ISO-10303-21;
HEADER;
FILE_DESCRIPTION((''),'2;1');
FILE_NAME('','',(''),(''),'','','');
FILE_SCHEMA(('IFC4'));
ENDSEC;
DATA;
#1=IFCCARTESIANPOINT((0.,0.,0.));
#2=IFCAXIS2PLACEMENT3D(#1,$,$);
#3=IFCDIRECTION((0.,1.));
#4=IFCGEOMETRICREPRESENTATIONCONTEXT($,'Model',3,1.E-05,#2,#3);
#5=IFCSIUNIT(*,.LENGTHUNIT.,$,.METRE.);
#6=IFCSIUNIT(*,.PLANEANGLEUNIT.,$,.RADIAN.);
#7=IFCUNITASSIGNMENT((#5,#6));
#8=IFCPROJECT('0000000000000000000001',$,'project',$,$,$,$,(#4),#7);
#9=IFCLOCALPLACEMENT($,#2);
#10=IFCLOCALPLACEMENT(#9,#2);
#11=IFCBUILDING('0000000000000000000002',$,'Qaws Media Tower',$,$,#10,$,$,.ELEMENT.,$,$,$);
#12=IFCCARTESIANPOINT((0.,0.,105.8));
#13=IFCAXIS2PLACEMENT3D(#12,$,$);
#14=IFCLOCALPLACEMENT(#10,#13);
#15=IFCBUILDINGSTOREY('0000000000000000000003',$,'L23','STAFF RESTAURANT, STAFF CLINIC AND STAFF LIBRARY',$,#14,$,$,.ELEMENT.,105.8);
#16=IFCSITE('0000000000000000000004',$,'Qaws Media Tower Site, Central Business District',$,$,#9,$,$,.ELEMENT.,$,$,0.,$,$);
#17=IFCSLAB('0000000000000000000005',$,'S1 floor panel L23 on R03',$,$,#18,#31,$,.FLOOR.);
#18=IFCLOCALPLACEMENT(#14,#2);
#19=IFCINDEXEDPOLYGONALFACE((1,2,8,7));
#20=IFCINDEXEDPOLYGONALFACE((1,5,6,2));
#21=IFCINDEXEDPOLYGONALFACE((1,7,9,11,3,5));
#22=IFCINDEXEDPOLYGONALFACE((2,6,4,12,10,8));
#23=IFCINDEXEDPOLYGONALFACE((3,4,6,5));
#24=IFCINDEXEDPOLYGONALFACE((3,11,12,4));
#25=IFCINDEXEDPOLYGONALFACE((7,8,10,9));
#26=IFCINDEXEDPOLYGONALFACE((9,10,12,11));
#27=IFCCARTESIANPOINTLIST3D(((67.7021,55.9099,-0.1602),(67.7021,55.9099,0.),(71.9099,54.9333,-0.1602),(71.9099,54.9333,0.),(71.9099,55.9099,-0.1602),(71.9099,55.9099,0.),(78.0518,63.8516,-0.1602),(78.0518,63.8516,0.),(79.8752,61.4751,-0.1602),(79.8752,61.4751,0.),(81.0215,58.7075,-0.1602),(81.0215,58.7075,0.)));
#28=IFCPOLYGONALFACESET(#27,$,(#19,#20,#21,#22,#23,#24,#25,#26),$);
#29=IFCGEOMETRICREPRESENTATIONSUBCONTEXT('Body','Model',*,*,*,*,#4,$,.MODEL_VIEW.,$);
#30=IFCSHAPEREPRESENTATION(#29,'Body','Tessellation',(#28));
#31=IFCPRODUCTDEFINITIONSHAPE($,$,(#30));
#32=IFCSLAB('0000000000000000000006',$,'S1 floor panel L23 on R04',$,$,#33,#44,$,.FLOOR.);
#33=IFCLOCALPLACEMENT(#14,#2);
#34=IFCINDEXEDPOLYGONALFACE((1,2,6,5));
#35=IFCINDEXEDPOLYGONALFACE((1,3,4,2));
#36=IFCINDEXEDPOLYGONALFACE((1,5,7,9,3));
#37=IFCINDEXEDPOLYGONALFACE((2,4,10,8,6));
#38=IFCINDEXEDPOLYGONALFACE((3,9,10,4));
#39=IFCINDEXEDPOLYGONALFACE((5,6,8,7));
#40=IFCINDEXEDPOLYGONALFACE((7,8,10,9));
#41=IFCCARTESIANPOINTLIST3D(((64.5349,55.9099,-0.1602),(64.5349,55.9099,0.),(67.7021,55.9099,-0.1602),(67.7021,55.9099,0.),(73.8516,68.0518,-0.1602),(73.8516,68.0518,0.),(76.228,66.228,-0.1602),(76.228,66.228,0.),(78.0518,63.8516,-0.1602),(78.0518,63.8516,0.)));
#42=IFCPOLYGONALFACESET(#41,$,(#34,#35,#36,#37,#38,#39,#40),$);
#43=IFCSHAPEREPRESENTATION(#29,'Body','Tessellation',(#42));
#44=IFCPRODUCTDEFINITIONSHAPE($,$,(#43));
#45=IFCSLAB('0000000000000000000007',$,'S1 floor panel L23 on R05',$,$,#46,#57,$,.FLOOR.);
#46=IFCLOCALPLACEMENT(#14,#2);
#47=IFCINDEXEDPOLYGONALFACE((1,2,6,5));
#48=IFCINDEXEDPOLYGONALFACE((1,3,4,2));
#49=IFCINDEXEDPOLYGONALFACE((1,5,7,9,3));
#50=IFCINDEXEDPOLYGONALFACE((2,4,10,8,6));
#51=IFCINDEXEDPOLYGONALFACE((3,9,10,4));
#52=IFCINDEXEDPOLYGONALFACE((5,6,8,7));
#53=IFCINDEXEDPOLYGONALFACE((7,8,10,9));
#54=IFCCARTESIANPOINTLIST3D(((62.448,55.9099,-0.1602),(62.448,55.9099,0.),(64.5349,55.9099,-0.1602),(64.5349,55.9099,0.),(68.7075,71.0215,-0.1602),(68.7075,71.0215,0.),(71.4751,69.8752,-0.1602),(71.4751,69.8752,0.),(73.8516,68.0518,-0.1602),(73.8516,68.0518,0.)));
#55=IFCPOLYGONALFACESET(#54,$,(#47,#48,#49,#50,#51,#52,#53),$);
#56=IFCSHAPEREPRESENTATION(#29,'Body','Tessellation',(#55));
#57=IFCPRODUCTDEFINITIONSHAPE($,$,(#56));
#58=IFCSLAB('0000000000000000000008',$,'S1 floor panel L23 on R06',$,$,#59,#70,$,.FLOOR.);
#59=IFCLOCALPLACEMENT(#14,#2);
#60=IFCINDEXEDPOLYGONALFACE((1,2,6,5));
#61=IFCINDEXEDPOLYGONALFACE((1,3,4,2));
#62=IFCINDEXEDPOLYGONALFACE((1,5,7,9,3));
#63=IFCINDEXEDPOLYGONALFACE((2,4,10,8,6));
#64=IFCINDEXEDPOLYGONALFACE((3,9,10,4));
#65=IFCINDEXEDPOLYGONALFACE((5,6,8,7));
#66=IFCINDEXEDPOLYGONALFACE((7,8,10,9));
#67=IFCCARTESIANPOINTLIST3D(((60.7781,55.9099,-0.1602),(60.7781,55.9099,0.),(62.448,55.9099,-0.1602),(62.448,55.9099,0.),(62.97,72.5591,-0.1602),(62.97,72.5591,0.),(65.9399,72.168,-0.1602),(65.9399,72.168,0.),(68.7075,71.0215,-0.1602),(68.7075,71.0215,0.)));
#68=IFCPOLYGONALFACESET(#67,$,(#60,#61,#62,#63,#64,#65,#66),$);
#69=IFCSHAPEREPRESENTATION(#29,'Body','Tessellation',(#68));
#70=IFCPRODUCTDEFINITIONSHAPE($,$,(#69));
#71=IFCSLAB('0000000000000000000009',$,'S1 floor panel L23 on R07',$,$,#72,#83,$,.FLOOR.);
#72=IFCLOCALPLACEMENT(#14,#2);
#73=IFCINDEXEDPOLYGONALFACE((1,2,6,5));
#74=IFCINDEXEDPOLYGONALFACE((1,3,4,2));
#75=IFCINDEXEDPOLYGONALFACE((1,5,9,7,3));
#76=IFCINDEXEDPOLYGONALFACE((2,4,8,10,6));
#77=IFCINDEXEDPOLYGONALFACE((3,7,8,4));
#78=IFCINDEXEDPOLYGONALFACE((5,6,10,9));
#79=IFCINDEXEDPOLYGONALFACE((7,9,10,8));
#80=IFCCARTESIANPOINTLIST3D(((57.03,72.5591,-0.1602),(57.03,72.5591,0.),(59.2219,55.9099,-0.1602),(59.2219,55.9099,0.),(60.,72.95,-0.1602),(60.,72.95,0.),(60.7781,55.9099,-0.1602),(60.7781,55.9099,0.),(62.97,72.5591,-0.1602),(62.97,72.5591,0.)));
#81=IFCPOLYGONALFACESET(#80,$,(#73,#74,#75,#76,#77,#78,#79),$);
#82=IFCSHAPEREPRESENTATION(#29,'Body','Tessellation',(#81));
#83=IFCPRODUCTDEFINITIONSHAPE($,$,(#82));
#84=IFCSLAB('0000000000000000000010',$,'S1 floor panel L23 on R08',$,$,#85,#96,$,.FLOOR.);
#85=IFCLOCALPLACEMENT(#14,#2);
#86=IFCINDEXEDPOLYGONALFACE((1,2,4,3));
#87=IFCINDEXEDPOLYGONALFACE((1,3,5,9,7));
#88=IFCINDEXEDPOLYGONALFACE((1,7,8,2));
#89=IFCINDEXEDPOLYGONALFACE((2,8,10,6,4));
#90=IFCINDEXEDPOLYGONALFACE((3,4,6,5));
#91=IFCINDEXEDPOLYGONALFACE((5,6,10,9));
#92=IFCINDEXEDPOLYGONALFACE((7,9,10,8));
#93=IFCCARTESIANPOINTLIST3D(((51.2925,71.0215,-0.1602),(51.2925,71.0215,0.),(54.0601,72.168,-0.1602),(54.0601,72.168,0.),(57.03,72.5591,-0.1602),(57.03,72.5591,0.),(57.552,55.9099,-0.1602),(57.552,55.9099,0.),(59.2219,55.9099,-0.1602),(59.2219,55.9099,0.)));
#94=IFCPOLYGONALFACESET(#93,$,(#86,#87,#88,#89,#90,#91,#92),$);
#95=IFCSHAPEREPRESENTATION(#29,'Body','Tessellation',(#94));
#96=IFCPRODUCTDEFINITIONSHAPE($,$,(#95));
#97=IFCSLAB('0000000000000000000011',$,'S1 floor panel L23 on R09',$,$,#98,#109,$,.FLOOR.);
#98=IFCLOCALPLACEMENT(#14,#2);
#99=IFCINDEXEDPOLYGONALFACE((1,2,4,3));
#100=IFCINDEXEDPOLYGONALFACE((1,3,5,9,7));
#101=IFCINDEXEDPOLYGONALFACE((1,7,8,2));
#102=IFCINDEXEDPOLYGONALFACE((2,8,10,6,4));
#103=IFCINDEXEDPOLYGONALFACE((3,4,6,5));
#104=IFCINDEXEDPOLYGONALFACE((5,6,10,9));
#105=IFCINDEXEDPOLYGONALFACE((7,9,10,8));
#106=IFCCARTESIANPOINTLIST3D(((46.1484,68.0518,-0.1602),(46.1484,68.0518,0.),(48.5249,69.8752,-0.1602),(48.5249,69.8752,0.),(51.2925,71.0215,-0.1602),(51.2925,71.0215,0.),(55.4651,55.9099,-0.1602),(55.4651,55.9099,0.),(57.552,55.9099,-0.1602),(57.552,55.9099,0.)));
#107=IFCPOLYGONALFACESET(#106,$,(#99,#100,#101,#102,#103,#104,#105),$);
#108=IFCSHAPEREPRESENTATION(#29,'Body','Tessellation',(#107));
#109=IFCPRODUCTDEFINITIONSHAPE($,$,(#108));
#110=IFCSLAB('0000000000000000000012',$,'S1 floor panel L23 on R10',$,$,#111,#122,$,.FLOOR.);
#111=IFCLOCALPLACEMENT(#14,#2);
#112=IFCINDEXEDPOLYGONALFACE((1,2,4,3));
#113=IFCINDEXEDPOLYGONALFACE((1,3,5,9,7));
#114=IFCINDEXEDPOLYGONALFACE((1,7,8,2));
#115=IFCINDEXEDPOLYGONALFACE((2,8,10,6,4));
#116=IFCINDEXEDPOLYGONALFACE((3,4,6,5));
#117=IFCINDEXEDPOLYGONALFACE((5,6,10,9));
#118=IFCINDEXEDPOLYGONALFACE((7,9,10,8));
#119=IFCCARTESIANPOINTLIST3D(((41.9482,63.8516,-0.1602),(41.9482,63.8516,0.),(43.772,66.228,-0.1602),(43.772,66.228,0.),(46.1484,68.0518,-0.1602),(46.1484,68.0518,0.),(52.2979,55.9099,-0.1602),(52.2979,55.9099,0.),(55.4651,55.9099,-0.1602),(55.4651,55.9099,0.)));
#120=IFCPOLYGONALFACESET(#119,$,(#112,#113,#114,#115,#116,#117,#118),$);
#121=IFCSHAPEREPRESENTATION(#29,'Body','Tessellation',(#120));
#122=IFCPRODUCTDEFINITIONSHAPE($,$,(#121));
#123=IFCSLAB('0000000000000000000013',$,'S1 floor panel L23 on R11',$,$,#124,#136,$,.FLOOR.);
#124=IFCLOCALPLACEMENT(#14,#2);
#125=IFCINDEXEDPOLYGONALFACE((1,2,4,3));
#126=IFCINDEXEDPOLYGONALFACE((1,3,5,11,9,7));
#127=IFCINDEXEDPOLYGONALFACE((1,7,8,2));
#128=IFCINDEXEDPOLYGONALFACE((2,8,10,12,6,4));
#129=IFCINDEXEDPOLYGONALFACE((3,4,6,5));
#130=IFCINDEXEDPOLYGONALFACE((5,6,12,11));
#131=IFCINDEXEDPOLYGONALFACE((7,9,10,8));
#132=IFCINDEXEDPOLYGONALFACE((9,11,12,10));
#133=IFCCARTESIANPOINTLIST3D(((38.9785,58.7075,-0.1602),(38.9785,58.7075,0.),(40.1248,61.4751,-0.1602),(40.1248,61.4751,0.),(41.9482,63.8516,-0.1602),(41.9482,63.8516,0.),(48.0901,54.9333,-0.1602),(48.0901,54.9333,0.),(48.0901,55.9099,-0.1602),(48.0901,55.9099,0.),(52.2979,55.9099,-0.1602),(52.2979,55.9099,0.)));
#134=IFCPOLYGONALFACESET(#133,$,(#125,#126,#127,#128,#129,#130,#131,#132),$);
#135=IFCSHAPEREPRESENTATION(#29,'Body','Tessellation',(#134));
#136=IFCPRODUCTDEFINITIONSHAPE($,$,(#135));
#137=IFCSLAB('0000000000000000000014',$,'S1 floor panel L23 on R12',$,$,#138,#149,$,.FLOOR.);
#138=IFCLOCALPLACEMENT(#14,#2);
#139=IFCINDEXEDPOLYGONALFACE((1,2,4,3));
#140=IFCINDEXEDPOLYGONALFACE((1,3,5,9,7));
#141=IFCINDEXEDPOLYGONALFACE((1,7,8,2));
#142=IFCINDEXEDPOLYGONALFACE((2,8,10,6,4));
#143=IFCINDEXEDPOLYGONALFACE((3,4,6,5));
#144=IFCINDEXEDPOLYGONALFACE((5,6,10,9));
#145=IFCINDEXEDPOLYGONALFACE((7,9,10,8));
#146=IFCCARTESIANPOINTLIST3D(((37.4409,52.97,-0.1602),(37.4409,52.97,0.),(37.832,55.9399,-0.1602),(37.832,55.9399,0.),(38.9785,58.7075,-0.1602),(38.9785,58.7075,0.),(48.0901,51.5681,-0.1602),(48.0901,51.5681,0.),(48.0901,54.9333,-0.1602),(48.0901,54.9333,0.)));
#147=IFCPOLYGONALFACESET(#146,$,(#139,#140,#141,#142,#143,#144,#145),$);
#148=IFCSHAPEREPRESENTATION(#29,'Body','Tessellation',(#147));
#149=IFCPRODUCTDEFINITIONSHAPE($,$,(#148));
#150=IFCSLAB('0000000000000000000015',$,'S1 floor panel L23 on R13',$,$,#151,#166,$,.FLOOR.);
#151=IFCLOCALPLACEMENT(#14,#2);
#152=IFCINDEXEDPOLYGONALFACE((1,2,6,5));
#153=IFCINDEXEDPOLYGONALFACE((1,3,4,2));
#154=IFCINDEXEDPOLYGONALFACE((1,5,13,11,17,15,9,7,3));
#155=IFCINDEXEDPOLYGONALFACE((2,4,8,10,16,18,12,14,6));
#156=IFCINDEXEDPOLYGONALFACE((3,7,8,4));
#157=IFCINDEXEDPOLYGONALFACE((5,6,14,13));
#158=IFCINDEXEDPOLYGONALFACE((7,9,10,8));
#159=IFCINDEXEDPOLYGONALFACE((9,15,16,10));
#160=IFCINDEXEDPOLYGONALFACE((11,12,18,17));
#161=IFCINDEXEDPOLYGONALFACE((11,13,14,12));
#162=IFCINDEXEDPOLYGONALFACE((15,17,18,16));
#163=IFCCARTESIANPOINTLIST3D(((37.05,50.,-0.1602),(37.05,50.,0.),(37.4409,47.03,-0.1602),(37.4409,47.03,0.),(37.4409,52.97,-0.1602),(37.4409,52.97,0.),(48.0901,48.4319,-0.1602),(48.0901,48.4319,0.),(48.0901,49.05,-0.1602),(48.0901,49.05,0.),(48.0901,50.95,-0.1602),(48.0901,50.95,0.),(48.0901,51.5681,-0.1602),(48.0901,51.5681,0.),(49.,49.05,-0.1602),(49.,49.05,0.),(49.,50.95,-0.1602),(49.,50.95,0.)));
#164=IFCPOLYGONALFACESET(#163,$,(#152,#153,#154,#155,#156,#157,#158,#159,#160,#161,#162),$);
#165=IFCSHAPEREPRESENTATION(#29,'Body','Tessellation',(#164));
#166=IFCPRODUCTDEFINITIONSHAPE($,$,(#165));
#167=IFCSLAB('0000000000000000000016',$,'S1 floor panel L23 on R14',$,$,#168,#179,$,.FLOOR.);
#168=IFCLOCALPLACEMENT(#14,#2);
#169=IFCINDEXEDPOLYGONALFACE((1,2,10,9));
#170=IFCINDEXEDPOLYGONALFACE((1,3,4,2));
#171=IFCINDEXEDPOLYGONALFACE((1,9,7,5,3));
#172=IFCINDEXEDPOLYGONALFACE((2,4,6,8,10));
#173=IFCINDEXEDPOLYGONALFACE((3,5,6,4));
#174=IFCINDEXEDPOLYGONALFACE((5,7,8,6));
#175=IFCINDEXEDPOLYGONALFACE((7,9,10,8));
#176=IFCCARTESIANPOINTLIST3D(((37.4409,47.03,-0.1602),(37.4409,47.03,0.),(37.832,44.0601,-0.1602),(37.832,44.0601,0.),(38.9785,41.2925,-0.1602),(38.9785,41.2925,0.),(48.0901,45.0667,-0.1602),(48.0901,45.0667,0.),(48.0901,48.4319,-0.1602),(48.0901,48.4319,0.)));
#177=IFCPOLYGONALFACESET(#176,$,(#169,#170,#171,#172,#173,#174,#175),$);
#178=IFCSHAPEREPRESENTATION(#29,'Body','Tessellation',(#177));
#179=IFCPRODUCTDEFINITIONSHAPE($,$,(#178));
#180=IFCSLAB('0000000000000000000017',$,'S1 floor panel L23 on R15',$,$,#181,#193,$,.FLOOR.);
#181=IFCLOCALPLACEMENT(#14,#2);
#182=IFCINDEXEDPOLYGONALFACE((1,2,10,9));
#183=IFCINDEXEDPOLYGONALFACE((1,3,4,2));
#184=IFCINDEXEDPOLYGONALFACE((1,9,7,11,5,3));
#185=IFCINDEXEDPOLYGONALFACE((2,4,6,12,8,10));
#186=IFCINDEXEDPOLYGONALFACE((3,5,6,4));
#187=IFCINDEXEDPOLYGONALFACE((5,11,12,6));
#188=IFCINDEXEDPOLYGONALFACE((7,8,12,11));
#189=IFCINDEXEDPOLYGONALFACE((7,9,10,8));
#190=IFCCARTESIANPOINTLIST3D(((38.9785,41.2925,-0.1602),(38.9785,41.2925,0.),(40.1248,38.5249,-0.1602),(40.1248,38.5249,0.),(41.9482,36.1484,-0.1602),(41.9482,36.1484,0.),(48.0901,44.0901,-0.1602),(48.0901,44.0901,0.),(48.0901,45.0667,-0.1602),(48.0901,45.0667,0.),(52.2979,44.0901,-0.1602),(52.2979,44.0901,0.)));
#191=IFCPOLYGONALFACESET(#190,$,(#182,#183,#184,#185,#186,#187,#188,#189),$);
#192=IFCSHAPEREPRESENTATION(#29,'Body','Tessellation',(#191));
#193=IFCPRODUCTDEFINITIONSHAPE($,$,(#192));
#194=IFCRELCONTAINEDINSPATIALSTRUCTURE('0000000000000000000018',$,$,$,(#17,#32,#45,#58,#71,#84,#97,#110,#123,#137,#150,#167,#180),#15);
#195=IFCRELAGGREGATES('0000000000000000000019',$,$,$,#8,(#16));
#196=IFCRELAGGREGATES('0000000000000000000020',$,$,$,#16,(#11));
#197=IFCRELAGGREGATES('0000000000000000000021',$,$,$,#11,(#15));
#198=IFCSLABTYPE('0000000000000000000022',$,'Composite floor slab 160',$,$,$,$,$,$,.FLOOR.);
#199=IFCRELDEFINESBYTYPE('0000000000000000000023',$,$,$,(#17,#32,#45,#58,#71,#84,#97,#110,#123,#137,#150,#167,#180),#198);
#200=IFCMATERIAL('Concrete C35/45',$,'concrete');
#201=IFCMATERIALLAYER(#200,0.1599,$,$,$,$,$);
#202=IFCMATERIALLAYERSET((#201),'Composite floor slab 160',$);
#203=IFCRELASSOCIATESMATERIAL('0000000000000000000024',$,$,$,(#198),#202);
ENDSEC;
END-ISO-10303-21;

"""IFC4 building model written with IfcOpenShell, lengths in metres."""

from ifc_helpers import new_model, si_unit, direction, frame, origin, place, context, subcontext, project, spatial, polyline, outline, extrude, material, layer, layer_set, type_object, element, save


model = new_model("IFC4")

# Units and contexts
model_context = context("Model", 3, precision=1e-05, world=origin(), true_north=direction((0.0, 1.0)))
body_context = subcontext(model_context, "Body", "Model", "MODEL_VIEW")
ifc_project = project(units=[si_unit("LENGTHUNIT", "METRE"), si_unit("PLANEANGLEUNIT", "RADIAN")], contexts=[model_context])

# Site, building, storey
site_placement = place(None, origin())
site = spatial("IfcSite", under=ifc_project, at=site_placement, Name="Qaws Media Tower Site, Central Business District", CompositionType="ELEMENT", RefElevation=0.0)
building_placement = place(site_placement, origin())
building = spatial("IfcBuilding", under=site, at=building_placement, Name="Qaws Media Tower", CompositionType="ELEMENT")
storey_placement = place(building_placement, frame((0.0, 0.0, 105.8)))
storey = spatial("IfcBuildingStorey", under=building, at=storey_placement, Name="L23", Description="STAFF RESTAURANT, STAFF CLINIC AND STAFF LIBRARY", CompositionType="ELEMENT", Elevation=105.8)

# Slabs
ifc_material_1 = material(Name="Concrete C35/45", Category="concrete")
ifc_layer_1 = layer(ifc_material_1, 0.1599)
ifc_layer_set_1 = layer_set([ifc_layer_1], Name="Composite floor slab 160")
slab_type_1 = type_object("IfcSlabType", Name="Composite floor slab 160", PredefinedType="FLOOR", material=ifc_layer_set_1)
slab_1_placement = place(storey_placement, frame((0.0, 0.0, -0.1602)))
element("IfcSlab", 1, at=slab_1_placement, inside=storey, type_object=slab_type_1, Name="S1 floor panel L23 on R03", PredefinedType="FLOOR", context=body_context, shape_type="SweptSolid", body=[
    extrude(outline(polyline([(79.8752, 61.4751), (81.0215, 58.7075), (71.9099, 54.9333), (71.9099, 55.9099), (67.7021, 55.9099), (78.0518, 63.8516), (79.8752, 61.4751)])), origin(), (0.0, 0.0, 1.0), 0.1602),
])
slab_2_placement = place(storey_placement, frame((0.0, 0.0, -0.1602)))
element("IfcSlab", 2, at=slab_2_placement, inside=storey, type_object=slab_type_1, Name="S1 floor panel L23 on R04", PredefinedType="FLOOR", context=body_context, shape_type="SweptSolid", body=[
    extrude(outline(polyline([(76.228, 66.228), (78.0518, 63.8516), (67.7021, 55.9099), (64.5349, 55.9099), (73.8516, 68.0518), (76.228, 66.228)])), origin(), (0.0, 0.0, 1.0), 0.1602),
])
slab_3_placement = place(storey_placement, frame((0.0, 0.0, -0.1602)))
element("IfcSlab", 3, at=slab_3_placement, inside=storey, type_object=slab_type_1, Name="S1 floor panel L23 on R05", PredefinedType="FLOOR", context=body_context, shape_type="SweptSolid", body=[
    extrude(outline(polyline([(71.4751, 69.8752), (73.8516, 68.0518), (64.5349, 55.9099), (62.448, 55.9099), (68.7075, 71.0215), (71.4751, 69.8752)])), origin(), (0.0, 0.0, 1.0), 0.1602),
])
slab_4_placement = place(storey_placement, frame((0.0, 0.0, -0.1602)))
element("IfcSlab", 4, at=slab_4_placement, inside=storey, type_object=slab_type_1, Name="S1 floor panel L23 on R06", PredefinedType="FLOOR", context=body_context, shape_type="SweptSolid", body=[
    extrude(outline(polyline([(65.9399, 72.168), (68.7075, 71.0215), (62.448, 55.9099), (60.7781, 55.9099), (62.97, 72.5591), (65.9399, 72.168)])), origin(), (0.0, 0.0, 1.0), 0.1602),
])
slab_5_placement = place(storey_placement, frame((0.0, 0.0, -0.1602)))
element("IfcSlab", 5, at=slab_5_placement, inside=storey, type_object=slab_type_1, Name="S1 floor panel L23 on R07", PredefinedType="FLOOR", context=body_context, shape_type="SweptSolid", body=[
    extrude(outline(polyline([(60.0, 72.95), (62.97, 72.5591), (60.7781, 55.9099), (59.2219, 55.9099), (57.03, 72.5591), (60.0, 72.95)])), origin(), (0.0, 0.0, 1.0), 0.1602),
])
slab_6_placement = place(storey_placement, frame((0.0, 0.0, -0.1602)))
element("IfcSlab", 6, at=slab_6_placement, inside=storey, type_object=slab_type_1, Name="S1 floor panel L23 on R08", PredefinedType="FLOOR", context=body_context, shape_type="SweptSolid", body=[
    extrude(outline(polyline([(54.0601, 72.168), (57.03, 72.5591), (59.2219, 55.9099), (57.552, 55.9099), (51.2925, 71.0215), (54.0601, 72.168)])), origin(), (0.0, 0.0, 1.0), 0.1602),
])
slab_7_placement = place(storey_placement, frame((0.0, 0.0, -0.1602)))
element("IfcSlab", 7, at=slab_7_placement, inside=storey, type_object=slab_type_1, Name="S1 floor panel L23 on R09", PredefinedType="FLOOR", context=body_context, shape_type="SweptSolid", body=[
    extrude(outline(polyline([(48.5249, 69.8752), (51.2925, 71.0215), (57.552, 55.9099), (55.4651, 55.9099), (46.1484, 68.0518), (48.5249, 69.8752)])), origin(), (0.0, 0.0, 1.0), 0.1602),
])
slab_8_placement = place(storey_placement, frame((0.0, 0.0, -0.1602)))
element("IfcSlab", 8, at=slab_8_placement, inside=storey, type_object=slab_type_1, Name="S1 floor panel L23 on R10", PredefinedType="FLOOR", context=body_context, shape_type="SweptSolid", body=[
    extrude(outline(polyline([(43.772, 66.228), (46.1484, 68.0518), (55.4651, 55.9099), (52.2979, 55.9099), (41.9482, 63.8516), (43.772, 66.228)])), origin(), (0.0, 0.0, 1.0), 0.1602),
])
slab_9_placement = place(storey_placement, frame((0.0, 0.0, -0.1602)))
element("IfcSlab", 9, at=slab_9_placement, inside=storey, type_object=slab_type_1, Name="S1 floor panel L23 on R11", PredefinedType="FLOOR", context=body_context, shape_type="SweptSolid", body=[
    extrude(outline(polyline([(40.1248, 61.4751), (41.9482, 63.8516), (52.2979, 55.9099), (48.0901, 55.9099), (48.0901, 54.9333), (38.9785, 58.7075), (40.1248, 61.4751)])), origin(), (0.0, 0.0, 1.0), 0.1602),
])
slab_10_placement = place(storey_placement, frame((0.0, 0.0, -0.1602)))
element("IfcSlab", 10, at=slab_10_placement, inside=storey, type_object=slab_type_1, Name="S1 floor panel L23 on R12", PredefinedType="FLOOR", context=body_context, shape_type="SweptSolid", body=[
    extrude(outline(polyline([(37.832, 55.9399), (38.9785, 58.7075), (48.0901, 54.9333), (48.0901, 51.5681), (37.4409, 52.97), (37.832, 55.9399)])), origin(), (0.0, 0.0, 1.0), 0.1602),
])
slab_11_placement = place(storey_placement, frame((0.0, 0.0, -0.1602)))
element("IfcSlab", 11, at=slab_11_placement, inside=storey, type_object=slab_type_1, Name="S1 floor panel L23 on R13", PredefinedType="FLOOR", context=body_context, shape_type="SweptSolid", body=[
    extrude(outline(polyline([(37.05, 50.0), (37.4409, 52.97), (48.0901, 51.5681), (48.0901, 50.95), (49.0, 50.95), (49.0, 49.05), (48.0901, 49.05), (48.0901, 48.4319), (37.4409, 47.03), (37.05, 50.0)])), origin(), (0.0, 0.0, 1.0), 0.1602),
])
slab_12_placement = place(storey_placement, frame((0.0, 0.0, -0.1602)))
element("IfcSlab", 12, at=slab_12_placement, inside=storey, type_object=slab_type_1, Name="S1 floor panel L23 on R14", PredefinedType="FLOOR", context=body_context, shape_type="SweptSolid", body=[
    extrude(outline(polyline([(37.832, 44.0601), (37.4409, 47.03), (48.0901, 48.4319), (48.0901, 45.0667), (38.9785, 41.2925), (37.832, 44.0601)])), origin(), (0.0, 0.0, 1.0), 0.1602),
])
slab_13_placement = place(storey_placement, frame((0.0, 0.0, -0.1602)))
element("IfcSlab", 13, at=slab_13_placement, inside=storey, type_object=slab_type_1, Name="S1 floor panel L23 on R15", PredefinedType="FLOOR", context=body_context, shape_type="SweptSolid", body=[
    extrude(outline(polyline([(40.1248, 38.5249), (38.9785, 41.2925), (48.0901, 45.0667), (48.0901, 44.0901), (52.2979, 44.0901), (41.9482, 36.1484), (40.1248, 38.5249)])), origin(), (0.0, 0.0, 1.0), 0.1602),
])

save(model, "model.ifc")
